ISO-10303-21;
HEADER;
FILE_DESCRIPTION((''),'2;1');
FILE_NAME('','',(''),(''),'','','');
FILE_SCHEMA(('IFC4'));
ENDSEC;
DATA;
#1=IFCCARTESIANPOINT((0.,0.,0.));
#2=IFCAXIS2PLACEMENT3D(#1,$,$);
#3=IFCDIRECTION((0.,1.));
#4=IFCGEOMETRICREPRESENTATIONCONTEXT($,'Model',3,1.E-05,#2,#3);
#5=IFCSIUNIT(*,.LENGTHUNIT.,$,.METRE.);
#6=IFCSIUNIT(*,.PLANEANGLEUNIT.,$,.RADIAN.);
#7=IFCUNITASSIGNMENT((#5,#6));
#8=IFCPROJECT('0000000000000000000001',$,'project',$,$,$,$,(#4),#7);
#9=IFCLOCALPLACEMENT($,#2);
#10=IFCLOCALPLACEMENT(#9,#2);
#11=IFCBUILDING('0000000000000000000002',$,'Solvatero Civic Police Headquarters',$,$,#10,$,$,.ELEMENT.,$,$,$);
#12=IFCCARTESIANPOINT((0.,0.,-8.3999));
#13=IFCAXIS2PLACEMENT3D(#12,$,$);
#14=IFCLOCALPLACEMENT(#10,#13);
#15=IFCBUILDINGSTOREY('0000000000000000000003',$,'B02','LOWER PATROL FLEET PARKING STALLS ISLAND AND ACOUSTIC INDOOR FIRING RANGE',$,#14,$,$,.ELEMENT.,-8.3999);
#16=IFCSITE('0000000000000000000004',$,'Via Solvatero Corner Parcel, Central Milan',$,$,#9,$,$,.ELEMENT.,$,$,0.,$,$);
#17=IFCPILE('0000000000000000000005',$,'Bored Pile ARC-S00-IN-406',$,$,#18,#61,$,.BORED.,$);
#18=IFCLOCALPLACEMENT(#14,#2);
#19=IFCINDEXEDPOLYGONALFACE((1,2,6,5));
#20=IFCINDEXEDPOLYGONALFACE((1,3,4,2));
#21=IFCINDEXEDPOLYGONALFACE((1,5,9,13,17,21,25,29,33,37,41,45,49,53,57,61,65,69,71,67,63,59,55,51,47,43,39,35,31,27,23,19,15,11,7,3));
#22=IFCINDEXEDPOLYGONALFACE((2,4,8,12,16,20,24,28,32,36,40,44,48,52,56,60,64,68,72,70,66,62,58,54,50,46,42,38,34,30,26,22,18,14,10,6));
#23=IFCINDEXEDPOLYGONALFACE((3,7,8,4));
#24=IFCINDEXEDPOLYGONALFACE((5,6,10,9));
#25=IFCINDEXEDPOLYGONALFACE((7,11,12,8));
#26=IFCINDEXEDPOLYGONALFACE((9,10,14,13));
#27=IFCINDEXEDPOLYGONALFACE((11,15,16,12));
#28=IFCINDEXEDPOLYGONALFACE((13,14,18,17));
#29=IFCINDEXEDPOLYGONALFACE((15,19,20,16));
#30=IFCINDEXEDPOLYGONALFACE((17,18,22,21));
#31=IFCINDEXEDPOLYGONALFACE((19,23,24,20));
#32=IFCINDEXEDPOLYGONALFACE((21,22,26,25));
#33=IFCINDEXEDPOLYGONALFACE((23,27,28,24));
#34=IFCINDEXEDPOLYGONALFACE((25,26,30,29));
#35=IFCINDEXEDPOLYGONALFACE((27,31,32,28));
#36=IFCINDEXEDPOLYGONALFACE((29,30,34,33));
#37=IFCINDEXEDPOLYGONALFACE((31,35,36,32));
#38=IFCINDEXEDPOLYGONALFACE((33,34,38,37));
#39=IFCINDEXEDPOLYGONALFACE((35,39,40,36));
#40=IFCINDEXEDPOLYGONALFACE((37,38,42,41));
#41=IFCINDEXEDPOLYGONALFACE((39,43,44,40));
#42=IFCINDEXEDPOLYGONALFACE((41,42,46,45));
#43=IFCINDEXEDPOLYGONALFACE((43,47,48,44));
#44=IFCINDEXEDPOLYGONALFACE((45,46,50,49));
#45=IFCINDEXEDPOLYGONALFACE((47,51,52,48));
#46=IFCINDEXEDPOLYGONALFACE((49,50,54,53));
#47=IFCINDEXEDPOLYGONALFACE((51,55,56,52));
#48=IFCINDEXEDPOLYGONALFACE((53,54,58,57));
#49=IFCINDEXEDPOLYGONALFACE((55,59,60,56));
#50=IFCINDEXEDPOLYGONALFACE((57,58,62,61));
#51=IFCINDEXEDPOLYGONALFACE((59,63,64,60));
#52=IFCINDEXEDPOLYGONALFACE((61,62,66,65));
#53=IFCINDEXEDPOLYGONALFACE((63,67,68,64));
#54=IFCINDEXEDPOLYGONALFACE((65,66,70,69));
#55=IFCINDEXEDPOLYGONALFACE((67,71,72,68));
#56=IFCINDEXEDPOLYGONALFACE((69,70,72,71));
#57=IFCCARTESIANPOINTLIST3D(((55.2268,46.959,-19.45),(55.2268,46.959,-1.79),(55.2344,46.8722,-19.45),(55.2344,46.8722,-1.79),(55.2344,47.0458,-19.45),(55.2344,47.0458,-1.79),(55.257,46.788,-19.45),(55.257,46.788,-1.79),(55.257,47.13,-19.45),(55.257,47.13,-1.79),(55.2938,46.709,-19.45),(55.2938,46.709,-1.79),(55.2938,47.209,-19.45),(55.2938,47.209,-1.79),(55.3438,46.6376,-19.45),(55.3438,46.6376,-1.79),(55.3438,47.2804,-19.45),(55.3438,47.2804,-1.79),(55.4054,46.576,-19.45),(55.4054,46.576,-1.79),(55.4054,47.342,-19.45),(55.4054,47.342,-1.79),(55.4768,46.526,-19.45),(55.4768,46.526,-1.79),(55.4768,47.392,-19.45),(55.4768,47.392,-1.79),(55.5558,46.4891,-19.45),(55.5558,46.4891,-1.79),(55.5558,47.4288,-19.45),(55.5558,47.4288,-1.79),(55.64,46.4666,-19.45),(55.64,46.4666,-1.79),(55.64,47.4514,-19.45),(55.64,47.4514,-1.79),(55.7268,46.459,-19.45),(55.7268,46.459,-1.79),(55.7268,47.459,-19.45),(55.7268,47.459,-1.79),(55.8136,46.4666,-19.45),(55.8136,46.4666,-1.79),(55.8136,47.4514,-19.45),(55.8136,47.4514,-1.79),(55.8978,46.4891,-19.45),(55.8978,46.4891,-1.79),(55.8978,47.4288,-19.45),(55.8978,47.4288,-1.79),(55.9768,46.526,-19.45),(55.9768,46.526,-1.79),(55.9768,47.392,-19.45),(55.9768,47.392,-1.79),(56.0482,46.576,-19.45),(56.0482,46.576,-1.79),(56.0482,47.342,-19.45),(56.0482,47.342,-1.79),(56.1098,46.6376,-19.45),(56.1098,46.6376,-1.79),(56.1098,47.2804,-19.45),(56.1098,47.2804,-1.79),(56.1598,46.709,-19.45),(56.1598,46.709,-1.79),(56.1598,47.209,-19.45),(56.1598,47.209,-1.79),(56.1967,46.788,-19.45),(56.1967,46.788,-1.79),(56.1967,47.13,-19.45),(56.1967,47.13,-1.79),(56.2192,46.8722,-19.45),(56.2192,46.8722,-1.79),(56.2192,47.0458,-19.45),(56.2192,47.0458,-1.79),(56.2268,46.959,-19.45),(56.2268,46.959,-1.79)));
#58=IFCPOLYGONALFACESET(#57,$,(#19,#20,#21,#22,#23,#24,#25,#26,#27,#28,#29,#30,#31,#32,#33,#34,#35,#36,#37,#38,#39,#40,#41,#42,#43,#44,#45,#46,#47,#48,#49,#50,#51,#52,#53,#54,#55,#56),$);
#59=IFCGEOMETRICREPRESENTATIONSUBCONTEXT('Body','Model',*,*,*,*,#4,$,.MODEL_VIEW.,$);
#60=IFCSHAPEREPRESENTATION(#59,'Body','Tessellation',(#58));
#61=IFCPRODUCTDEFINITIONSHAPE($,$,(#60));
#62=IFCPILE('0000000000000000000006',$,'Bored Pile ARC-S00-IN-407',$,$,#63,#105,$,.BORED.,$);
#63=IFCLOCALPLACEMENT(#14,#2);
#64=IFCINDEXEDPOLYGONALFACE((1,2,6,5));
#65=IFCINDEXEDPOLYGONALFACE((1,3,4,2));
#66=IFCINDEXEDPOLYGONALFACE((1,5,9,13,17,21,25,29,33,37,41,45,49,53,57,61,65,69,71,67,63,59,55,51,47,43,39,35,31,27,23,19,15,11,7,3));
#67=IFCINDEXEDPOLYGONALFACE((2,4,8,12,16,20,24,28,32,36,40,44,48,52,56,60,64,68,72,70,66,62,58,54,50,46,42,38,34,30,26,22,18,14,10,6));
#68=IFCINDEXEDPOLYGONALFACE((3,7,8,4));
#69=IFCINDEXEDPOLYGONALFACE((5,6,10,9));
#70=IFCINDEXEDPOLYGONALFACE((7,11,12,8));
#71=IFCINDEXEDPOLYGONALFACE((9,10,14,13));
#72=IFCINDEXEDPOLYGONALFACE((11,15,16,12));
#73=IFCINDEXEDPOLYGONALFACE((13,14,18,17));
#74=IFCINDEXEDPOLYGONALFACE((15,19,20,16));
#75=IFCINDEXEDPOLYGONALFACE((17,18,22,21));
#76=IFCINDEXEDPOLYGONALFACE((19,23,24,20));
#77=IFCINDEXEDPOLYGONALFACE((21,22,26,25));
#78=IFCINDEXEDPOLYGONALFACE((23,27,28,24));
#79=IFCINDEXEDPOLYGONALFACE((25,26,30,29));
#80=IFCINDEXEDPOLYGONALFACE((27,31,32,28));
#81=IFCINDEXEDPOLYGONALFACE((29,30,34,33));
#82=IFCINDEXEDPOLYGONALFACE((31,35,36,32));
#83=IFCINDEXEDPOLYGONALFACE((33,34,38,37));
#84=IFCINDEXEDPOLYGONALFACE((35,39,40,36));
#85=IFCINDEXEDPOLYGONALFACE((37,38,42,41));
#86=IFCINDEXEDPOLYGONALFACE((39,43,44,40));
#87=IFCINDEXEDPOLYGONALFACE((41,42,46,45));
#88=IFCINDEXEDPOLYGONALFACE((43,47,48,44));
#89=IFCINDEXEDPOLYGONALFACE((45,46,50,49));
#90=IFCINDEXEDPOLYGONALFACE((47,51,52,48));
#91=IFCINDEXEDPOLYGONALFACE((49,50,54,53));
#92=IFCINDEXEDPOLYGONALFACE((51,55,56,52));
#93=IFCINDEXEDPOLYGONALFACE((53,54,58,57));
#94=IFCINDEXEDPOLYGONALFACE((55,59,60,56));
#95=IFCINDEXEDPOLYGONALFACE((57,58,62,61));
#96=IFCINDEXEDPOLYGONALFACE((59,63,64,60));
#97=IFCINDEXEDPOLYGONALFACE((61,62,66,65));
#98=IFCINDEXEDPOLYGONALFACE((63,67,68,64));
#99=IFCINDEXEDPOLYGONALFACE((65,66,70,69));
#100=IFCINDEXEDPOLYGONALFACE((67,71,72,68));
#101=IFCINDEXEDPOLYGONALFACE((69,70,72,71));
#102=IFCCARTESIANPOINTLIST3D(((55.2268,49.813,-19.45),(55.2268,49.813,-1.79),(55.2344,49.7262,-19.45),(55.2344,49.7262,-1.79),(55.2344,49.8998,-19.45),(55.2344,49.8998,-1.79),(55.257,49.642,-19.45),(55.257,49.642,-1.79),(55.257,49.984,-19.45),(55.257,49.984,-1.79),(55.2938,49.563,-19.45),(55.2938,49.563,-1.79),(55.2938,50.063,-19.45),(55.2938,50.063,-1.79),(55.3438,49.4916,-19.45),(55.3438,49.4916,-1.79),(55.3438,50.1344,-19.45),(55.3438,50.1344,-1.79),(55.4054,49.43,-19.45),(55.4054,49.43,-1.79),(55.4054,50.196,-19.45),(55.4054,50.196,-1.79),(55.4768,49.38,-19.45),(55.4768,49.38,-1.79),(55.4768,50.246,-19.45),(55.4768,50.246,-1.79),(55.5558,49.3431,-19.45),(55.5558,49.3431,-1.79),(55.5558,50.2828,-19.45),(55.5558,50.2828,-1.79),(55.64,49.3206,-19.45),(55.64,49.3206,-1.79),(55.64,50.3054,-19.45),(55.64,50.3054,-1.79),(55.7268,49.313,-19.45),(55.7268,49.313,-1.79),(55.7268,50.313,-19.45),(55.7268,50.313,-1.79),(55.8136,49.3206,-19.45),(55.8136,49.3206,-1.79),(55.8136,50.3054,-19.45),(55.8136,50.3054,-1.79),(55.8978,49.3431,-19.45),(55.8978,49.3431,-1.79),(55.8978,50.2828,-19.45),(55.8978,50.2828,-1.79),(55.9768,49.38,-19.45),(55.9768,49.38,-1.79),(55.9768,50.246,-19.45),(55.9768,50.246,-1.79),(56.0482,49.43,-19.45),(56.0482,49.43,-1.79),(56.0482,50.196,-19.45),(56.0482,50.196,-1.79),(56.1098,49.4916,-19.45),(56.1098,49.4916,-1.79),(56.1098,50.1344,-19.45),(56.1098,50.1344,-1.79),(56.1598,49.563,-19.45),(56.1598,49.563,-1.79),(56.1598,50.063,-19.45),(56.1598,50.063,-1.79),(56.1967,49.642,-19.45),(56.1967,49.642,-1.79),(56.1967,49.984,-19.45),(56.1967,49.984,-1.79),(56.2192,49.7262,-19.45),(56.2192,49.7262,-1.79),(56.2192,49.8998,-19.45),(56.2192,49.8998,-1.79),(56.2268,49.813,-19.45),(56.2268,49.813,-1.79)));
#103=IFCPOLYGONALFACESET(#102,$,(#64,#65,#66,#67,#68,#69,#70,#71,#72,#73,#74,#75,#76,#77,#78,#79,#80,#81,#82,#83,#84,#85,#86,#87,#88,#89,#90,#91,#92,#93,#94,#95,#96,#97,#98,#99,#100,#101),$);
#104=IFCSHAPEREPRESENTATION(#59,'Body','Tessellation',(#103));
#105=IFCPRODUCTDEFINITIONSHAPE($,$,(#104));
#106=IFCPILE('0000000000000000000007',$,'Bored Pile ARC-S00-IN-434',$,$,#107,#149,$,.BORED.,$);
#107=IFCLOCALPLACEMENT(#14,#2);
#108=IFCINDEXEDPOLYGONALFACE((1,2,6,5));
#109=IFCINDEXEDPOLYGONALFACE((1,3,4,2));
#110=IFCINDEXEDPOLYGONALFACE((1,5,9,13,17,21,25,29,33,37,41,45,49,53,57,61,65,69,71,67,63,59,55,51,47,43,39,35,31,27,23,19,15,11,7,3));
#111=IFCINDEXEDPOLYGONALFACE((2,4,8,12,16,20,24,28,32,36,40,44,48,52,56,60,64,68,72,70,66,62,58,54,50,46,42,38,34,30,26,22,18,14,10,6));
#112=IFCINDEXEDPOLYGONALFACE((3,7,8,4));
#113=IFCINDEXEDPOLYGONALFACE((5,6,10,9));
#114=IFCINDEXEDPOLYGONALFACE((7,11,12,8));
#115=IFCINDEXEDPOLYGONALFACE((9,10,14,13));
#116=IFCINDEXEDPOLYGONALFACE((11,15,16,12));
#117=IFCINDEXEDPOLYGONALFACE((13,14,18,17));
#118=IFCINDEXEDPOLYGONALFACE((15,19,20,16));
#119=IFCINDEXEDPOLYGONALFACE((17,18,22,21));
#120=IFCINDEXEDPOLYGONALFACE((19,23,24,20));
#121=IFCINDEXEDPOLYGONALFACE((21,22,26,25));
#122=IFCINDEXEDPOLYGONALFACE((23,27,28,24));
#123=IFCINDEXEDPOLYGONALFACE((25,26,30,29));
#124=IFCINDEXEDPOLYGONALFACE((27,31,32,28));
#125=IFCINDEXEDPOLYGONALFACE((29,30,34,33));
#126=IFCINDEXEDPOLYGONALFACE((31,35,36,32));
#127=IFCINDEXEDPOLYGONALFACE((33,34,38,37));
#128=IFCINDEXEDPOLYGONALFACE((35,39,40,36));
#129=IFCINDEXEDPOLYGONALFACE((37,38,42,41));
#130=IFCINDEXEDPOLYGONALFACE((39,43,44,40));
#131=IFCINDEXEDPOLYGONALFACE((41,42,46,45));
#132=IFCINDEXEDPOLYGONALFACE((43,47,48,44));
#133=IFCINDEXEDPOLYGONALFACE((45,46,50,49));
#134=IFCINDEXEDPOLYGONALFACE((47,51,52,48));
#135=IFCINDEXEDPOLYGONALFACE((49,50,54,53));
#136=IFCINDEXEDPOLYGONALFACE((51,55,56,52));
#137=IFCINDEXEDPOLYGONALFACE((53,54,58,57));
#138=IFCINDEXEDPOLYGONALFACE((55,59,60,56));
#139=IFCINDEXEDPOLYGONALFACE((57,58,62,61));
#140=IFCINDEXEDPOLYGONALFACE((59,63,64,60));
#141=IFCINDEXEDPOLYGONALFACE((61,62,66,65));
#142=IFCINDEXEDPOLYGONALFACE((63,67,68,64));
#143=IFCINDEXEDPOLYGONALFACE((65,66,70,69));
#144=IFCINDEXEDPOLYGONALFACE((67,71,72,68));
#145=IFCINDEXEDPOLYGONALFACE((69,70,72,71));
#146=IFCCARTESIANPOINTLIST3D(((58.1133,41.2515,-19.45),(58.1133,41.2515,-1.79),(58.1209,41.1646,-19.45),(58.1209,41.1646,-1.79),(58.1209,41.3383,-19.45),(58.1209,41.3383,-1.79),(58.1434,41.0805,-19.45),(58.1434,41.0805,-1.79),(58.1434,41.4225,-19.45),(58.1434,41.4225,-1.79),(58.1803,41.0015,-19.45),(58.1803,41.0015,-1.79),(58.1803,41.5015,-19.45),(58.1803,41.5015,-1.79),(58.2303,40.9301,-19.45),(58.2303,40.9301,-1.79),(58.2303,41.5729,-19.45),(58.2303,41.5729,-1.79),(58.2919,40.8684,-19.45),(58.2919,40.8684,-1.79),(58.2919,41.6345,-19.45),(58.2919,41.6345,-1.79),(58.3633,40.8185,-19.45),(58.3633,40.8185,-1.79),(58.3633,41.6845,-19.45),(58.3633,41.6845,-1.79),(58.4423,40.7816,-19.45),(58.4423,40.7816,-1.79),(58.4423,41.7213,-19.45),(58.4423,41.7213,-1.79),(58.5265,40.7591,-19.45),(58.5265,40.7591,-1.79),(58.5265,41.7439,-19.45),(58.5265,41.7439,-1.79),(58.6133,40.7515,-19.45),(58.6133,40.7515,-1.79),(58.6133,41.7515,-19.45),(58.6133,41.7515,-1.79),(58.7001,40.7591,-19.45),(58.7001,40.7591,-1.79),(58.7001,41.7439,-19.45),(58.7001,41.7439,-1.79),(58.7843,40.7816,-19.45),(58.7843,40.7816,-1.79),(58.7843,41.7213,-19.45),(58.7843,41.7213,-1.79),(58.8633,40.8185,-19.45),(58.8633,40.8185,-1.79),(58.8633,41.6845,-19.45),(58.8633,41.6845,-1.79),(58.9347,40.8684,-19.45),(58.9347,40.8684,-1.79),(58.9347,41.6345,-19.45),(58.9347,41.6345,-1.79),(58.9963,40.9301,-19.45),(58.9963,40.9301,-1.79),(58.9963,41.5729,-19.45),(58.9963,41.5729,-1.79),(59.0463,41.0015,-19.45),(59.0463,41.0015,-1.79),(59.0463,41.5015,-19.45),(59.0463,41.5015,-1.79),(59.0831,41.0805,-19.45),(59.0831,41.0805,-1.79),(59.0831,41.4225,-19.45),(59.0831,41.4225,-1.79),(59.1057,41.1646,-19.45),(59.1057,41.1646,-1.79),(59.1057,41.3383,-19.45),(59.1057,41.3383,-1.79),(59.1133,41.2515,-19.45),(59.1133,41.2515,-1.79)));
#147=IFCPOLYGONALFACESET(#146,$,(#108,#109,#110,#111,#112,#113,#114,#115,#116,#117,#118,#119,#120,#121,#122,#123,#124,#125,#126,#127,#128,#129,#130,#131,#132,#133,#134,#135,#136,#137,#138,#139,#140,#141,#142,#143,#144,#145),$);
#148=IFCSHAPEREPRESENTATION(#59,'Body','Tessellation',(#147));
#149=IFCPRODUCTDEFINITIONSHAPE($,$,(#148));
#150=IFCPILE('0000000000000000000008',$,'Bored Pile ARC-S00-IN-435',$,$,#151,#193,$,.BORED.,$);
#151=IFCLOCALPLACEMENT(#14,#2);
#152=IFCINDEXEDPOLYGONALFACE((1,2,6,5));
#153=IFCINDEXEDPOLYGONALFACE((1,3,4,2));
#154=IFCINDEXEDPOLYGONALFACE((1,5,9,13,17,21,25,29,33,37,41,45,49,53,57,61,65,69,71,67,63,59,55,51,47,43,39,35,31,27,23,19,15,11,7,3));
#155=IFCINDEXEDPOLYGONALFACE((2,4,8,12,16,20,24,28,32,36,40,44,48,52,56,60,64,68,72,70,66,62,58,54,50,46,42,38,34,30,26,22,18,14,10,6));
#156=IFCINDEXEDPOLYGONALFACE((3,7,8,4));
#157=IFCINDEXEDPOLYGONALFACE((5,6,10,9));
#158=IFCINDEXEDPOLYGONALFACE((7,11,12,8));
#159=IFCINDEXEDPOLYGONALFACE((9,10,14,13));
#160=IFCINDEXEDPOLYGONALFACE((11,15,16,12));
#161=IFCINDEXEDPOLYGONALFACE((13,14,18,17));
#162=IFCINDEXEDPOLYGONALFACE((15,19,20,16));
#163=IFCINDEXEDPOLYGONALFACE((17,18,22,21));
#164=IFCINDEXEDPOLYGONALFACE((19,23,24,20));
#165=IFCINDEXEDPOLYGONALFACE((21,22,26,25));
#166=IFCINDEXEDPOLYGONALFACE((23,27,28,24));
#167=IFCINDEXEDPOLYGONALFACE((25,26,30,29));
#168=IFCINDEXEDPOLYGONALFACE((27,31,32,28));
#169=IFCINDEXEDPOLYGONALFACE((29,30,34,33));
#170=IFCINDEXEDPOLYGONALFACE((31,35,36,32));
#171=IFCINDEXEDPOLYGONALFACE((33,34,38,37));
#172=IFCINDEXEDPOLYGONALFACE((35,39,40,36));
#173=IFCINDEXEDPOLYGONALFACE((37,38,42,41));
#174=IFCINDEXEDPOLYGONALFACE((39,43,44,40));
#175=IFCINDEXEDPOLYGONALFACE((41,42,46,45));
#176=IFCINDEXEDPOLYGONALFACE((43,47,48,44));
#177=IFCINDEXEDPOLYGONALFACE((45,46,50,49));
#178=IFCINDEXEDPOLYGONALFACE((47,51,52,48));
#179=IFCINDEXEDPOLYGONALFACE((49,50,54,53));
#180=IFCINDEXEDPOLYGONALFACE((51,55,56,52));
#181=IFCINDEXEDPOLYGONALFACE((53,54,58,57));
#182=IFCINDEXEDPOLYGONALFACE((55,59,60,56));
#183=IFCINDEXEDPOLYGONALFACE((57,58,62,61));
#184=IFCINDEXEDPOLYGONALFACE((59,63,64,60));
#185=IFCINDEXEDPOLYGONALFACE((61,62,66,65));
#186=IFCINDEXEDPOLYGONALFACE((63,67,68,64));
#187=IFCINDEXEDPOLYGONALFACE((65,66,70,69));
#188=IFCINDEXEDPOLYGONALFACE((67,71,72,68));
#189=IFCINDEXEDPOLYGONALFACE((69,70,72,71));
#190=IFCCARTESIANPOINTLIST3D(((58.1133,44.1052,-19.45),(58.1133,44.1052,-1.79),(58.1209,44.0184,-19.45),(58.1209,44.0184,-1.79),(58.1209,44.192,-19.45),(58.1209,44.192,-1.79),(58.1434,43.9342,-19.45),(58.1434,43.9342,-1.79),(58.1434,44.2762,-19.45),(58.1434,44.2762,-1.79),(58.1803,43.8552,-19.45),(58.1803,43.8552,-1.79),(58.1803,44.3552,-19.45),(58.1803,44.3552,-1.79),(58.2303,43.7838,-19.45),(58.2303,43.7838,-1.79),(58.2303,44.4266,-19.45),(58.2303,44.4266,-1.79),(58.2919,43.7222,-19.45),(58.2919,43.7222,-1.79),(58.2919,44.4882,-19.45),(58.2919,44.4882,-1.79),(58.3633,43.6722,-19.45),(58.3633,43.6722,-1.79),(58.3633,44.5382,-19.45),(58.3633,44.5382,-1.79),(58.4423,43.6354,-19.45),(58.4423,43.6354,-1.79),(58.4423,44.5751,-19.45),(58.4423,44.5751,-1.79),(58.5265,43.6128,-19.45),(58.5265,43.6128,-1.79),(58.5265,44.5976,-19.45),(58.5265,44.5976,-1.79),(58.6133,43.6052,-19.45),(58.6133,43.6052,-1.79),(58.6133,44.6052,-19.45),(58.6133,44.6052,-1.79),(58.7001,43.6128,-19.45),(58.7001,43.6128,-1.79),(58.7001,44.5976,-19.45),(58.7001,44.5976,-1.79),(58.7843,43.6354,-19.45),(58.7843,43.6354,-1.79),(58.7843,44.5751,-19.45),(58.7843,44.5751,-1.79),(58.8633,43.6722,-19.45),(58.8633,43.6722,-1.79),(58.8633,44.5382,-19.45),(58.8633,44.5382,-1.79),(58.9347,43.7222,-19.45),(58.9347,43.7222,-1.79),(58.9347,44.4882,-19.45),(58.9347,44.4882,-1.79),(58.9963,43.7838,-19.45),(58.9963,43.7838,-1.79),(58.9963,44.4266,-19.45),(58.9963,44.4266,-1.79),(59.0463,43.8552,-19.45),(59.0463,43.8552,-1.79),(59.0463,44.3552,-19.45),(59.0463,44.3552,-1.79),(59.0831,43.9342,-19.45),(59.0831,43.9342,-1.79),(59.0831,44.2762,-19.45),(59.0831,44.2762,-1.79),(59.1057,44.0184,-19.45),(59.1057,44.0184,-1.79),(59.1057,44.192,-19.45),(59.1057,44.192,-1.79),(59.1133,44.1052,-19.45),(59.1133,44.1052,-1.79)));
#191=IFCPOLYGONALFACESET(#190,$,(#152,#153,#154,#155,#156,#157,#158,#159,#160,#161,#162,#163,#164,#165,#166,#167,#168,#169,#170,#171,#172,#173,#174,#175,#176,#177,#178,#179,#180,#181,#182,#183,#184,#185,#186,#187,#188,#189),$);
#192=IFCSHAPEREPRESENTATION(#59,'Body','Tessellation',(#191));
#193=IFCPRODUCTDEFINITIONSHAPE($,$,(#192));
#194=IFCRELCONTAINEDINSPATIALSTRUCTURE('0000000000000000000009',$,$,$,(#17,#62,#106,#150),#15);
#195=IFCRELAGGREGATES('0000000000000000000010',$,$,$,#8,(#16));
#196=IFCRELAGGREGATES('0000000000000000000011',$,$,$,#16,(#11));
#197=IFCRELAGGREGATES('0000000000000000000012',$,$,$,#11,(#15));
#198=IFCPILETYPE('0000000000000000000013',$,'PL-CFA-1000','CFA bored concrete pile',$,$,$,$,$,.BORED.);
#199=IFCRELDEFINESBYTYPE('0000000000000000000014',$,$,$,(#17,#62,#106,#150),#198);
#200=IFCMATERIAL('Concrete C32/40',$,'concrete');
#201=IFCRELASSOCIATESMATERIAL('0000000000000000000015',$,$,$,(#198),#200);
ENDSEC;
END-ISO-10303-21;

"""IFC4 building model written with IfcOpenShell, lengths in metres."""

from ifc_helpers import new_model, si_unit, direction, frame, origin, origin_2d, place, context, subcontext, project, spatial, circle, extrude, material, material_profile, profile_set, type_object, element, save


model = new_model("IFC4")

# Units and contexts
model_context = context("Model", 3, precision=1e-05, world=origin(), true_north=direction((0.0, 1.0)))
body_context = subcontext(model_context, "Body", "Model", "MODEL_VIEW")
ifc_project = project(units=[si_unit("LENGTHUNIT", "METRE"), si_unit("PLANEANGLEUNIT", "RADIAN")], contexts=[model_context])

# Site, building, storey
site_placement = place(None, origin())
site = spatial("IfcSite", under=ifc_project, at=site_placement, Name="Via Solvatero Corner Parcel, Central Milan", CompositionType="ELEMENT", RefElevation=0.0)
building_placement = place(site_placement, origin())
building = spatial("IfcBuilding", under=site, at=building_placement, Name="Solvatero Civic Police Headquarters", CompositionType="ELEMENT")
storey_placement = place(building_placement, frame((0.0, 0.0, -8.3999)))
storey = spatial("IfcBuildingStorey", under=building, at=storey_placement, Name="B02", Description="LOWER PATROL FLEET PARKING STALLS ISLAND AND ACOUSTIC INDOOR FIRING RANGE", CompositionType="ELEMENT", Elevation=-8.3999)

# Piles
ifc_material_1 = material(Name="Concrete C32/40", Category="concrete")
ifc_material_profile_1 = material_profile(ifc_material_1, circle(Radius=0.5, at=origin_2d()), Name="CFA PILE D1000")
ifc_profile_set_1 = profile_set([ifc_material_profile_1], Name="Concrete C32/40")
pile_type = type_object("IfcPileType", Name="PL-CFA-1000", Description="CFA bored concrete pile", PredefinedType="BORED", material=ifc_profile_set_1)
for number, where, z_axis, x_axis, name in (
    (1, (55.7268, 46.959, -1.79), (0.0, 0.0, -1.0), (1.0, 0.0, 0.0), "Bored Pile ARC-S00-IN-406"),
    (2, (55.7268, 49.813, -1.79), (0.0, 0.0, -1.0), (1.0, 0.0, 0.0), "Bored Pile ARC-S00-IN-407"),
    (3, (58.6133, 41.2515, -1.79), (0.0, 0.0, -1.0), (1.0, 0.0, 0.0), "Bored Pile ARC-S00-IN-434"),
    (4, (58.6133, 44.1052, -1.79), (0.0, 0.0, -1.0), (1.0, 0.0, 0.0), "Bored Pile ARC-S00-IN-435"),
):
    element("IfcPile", number, at=place(storey_placement, frame(where, z_axis=z_axis, x_axis=x_axis)), inside=storey, type_object=pile_type, Name=name, PredefinedType="BORED", context=body_context, shape_type="SweptSolid", body=[
        extrude(circle(Radius=0.5, at=origin_2d()), origin(), (0.0, 0.0, 1.0), 17.6599),
    ])

save(model, "model.ifc")
